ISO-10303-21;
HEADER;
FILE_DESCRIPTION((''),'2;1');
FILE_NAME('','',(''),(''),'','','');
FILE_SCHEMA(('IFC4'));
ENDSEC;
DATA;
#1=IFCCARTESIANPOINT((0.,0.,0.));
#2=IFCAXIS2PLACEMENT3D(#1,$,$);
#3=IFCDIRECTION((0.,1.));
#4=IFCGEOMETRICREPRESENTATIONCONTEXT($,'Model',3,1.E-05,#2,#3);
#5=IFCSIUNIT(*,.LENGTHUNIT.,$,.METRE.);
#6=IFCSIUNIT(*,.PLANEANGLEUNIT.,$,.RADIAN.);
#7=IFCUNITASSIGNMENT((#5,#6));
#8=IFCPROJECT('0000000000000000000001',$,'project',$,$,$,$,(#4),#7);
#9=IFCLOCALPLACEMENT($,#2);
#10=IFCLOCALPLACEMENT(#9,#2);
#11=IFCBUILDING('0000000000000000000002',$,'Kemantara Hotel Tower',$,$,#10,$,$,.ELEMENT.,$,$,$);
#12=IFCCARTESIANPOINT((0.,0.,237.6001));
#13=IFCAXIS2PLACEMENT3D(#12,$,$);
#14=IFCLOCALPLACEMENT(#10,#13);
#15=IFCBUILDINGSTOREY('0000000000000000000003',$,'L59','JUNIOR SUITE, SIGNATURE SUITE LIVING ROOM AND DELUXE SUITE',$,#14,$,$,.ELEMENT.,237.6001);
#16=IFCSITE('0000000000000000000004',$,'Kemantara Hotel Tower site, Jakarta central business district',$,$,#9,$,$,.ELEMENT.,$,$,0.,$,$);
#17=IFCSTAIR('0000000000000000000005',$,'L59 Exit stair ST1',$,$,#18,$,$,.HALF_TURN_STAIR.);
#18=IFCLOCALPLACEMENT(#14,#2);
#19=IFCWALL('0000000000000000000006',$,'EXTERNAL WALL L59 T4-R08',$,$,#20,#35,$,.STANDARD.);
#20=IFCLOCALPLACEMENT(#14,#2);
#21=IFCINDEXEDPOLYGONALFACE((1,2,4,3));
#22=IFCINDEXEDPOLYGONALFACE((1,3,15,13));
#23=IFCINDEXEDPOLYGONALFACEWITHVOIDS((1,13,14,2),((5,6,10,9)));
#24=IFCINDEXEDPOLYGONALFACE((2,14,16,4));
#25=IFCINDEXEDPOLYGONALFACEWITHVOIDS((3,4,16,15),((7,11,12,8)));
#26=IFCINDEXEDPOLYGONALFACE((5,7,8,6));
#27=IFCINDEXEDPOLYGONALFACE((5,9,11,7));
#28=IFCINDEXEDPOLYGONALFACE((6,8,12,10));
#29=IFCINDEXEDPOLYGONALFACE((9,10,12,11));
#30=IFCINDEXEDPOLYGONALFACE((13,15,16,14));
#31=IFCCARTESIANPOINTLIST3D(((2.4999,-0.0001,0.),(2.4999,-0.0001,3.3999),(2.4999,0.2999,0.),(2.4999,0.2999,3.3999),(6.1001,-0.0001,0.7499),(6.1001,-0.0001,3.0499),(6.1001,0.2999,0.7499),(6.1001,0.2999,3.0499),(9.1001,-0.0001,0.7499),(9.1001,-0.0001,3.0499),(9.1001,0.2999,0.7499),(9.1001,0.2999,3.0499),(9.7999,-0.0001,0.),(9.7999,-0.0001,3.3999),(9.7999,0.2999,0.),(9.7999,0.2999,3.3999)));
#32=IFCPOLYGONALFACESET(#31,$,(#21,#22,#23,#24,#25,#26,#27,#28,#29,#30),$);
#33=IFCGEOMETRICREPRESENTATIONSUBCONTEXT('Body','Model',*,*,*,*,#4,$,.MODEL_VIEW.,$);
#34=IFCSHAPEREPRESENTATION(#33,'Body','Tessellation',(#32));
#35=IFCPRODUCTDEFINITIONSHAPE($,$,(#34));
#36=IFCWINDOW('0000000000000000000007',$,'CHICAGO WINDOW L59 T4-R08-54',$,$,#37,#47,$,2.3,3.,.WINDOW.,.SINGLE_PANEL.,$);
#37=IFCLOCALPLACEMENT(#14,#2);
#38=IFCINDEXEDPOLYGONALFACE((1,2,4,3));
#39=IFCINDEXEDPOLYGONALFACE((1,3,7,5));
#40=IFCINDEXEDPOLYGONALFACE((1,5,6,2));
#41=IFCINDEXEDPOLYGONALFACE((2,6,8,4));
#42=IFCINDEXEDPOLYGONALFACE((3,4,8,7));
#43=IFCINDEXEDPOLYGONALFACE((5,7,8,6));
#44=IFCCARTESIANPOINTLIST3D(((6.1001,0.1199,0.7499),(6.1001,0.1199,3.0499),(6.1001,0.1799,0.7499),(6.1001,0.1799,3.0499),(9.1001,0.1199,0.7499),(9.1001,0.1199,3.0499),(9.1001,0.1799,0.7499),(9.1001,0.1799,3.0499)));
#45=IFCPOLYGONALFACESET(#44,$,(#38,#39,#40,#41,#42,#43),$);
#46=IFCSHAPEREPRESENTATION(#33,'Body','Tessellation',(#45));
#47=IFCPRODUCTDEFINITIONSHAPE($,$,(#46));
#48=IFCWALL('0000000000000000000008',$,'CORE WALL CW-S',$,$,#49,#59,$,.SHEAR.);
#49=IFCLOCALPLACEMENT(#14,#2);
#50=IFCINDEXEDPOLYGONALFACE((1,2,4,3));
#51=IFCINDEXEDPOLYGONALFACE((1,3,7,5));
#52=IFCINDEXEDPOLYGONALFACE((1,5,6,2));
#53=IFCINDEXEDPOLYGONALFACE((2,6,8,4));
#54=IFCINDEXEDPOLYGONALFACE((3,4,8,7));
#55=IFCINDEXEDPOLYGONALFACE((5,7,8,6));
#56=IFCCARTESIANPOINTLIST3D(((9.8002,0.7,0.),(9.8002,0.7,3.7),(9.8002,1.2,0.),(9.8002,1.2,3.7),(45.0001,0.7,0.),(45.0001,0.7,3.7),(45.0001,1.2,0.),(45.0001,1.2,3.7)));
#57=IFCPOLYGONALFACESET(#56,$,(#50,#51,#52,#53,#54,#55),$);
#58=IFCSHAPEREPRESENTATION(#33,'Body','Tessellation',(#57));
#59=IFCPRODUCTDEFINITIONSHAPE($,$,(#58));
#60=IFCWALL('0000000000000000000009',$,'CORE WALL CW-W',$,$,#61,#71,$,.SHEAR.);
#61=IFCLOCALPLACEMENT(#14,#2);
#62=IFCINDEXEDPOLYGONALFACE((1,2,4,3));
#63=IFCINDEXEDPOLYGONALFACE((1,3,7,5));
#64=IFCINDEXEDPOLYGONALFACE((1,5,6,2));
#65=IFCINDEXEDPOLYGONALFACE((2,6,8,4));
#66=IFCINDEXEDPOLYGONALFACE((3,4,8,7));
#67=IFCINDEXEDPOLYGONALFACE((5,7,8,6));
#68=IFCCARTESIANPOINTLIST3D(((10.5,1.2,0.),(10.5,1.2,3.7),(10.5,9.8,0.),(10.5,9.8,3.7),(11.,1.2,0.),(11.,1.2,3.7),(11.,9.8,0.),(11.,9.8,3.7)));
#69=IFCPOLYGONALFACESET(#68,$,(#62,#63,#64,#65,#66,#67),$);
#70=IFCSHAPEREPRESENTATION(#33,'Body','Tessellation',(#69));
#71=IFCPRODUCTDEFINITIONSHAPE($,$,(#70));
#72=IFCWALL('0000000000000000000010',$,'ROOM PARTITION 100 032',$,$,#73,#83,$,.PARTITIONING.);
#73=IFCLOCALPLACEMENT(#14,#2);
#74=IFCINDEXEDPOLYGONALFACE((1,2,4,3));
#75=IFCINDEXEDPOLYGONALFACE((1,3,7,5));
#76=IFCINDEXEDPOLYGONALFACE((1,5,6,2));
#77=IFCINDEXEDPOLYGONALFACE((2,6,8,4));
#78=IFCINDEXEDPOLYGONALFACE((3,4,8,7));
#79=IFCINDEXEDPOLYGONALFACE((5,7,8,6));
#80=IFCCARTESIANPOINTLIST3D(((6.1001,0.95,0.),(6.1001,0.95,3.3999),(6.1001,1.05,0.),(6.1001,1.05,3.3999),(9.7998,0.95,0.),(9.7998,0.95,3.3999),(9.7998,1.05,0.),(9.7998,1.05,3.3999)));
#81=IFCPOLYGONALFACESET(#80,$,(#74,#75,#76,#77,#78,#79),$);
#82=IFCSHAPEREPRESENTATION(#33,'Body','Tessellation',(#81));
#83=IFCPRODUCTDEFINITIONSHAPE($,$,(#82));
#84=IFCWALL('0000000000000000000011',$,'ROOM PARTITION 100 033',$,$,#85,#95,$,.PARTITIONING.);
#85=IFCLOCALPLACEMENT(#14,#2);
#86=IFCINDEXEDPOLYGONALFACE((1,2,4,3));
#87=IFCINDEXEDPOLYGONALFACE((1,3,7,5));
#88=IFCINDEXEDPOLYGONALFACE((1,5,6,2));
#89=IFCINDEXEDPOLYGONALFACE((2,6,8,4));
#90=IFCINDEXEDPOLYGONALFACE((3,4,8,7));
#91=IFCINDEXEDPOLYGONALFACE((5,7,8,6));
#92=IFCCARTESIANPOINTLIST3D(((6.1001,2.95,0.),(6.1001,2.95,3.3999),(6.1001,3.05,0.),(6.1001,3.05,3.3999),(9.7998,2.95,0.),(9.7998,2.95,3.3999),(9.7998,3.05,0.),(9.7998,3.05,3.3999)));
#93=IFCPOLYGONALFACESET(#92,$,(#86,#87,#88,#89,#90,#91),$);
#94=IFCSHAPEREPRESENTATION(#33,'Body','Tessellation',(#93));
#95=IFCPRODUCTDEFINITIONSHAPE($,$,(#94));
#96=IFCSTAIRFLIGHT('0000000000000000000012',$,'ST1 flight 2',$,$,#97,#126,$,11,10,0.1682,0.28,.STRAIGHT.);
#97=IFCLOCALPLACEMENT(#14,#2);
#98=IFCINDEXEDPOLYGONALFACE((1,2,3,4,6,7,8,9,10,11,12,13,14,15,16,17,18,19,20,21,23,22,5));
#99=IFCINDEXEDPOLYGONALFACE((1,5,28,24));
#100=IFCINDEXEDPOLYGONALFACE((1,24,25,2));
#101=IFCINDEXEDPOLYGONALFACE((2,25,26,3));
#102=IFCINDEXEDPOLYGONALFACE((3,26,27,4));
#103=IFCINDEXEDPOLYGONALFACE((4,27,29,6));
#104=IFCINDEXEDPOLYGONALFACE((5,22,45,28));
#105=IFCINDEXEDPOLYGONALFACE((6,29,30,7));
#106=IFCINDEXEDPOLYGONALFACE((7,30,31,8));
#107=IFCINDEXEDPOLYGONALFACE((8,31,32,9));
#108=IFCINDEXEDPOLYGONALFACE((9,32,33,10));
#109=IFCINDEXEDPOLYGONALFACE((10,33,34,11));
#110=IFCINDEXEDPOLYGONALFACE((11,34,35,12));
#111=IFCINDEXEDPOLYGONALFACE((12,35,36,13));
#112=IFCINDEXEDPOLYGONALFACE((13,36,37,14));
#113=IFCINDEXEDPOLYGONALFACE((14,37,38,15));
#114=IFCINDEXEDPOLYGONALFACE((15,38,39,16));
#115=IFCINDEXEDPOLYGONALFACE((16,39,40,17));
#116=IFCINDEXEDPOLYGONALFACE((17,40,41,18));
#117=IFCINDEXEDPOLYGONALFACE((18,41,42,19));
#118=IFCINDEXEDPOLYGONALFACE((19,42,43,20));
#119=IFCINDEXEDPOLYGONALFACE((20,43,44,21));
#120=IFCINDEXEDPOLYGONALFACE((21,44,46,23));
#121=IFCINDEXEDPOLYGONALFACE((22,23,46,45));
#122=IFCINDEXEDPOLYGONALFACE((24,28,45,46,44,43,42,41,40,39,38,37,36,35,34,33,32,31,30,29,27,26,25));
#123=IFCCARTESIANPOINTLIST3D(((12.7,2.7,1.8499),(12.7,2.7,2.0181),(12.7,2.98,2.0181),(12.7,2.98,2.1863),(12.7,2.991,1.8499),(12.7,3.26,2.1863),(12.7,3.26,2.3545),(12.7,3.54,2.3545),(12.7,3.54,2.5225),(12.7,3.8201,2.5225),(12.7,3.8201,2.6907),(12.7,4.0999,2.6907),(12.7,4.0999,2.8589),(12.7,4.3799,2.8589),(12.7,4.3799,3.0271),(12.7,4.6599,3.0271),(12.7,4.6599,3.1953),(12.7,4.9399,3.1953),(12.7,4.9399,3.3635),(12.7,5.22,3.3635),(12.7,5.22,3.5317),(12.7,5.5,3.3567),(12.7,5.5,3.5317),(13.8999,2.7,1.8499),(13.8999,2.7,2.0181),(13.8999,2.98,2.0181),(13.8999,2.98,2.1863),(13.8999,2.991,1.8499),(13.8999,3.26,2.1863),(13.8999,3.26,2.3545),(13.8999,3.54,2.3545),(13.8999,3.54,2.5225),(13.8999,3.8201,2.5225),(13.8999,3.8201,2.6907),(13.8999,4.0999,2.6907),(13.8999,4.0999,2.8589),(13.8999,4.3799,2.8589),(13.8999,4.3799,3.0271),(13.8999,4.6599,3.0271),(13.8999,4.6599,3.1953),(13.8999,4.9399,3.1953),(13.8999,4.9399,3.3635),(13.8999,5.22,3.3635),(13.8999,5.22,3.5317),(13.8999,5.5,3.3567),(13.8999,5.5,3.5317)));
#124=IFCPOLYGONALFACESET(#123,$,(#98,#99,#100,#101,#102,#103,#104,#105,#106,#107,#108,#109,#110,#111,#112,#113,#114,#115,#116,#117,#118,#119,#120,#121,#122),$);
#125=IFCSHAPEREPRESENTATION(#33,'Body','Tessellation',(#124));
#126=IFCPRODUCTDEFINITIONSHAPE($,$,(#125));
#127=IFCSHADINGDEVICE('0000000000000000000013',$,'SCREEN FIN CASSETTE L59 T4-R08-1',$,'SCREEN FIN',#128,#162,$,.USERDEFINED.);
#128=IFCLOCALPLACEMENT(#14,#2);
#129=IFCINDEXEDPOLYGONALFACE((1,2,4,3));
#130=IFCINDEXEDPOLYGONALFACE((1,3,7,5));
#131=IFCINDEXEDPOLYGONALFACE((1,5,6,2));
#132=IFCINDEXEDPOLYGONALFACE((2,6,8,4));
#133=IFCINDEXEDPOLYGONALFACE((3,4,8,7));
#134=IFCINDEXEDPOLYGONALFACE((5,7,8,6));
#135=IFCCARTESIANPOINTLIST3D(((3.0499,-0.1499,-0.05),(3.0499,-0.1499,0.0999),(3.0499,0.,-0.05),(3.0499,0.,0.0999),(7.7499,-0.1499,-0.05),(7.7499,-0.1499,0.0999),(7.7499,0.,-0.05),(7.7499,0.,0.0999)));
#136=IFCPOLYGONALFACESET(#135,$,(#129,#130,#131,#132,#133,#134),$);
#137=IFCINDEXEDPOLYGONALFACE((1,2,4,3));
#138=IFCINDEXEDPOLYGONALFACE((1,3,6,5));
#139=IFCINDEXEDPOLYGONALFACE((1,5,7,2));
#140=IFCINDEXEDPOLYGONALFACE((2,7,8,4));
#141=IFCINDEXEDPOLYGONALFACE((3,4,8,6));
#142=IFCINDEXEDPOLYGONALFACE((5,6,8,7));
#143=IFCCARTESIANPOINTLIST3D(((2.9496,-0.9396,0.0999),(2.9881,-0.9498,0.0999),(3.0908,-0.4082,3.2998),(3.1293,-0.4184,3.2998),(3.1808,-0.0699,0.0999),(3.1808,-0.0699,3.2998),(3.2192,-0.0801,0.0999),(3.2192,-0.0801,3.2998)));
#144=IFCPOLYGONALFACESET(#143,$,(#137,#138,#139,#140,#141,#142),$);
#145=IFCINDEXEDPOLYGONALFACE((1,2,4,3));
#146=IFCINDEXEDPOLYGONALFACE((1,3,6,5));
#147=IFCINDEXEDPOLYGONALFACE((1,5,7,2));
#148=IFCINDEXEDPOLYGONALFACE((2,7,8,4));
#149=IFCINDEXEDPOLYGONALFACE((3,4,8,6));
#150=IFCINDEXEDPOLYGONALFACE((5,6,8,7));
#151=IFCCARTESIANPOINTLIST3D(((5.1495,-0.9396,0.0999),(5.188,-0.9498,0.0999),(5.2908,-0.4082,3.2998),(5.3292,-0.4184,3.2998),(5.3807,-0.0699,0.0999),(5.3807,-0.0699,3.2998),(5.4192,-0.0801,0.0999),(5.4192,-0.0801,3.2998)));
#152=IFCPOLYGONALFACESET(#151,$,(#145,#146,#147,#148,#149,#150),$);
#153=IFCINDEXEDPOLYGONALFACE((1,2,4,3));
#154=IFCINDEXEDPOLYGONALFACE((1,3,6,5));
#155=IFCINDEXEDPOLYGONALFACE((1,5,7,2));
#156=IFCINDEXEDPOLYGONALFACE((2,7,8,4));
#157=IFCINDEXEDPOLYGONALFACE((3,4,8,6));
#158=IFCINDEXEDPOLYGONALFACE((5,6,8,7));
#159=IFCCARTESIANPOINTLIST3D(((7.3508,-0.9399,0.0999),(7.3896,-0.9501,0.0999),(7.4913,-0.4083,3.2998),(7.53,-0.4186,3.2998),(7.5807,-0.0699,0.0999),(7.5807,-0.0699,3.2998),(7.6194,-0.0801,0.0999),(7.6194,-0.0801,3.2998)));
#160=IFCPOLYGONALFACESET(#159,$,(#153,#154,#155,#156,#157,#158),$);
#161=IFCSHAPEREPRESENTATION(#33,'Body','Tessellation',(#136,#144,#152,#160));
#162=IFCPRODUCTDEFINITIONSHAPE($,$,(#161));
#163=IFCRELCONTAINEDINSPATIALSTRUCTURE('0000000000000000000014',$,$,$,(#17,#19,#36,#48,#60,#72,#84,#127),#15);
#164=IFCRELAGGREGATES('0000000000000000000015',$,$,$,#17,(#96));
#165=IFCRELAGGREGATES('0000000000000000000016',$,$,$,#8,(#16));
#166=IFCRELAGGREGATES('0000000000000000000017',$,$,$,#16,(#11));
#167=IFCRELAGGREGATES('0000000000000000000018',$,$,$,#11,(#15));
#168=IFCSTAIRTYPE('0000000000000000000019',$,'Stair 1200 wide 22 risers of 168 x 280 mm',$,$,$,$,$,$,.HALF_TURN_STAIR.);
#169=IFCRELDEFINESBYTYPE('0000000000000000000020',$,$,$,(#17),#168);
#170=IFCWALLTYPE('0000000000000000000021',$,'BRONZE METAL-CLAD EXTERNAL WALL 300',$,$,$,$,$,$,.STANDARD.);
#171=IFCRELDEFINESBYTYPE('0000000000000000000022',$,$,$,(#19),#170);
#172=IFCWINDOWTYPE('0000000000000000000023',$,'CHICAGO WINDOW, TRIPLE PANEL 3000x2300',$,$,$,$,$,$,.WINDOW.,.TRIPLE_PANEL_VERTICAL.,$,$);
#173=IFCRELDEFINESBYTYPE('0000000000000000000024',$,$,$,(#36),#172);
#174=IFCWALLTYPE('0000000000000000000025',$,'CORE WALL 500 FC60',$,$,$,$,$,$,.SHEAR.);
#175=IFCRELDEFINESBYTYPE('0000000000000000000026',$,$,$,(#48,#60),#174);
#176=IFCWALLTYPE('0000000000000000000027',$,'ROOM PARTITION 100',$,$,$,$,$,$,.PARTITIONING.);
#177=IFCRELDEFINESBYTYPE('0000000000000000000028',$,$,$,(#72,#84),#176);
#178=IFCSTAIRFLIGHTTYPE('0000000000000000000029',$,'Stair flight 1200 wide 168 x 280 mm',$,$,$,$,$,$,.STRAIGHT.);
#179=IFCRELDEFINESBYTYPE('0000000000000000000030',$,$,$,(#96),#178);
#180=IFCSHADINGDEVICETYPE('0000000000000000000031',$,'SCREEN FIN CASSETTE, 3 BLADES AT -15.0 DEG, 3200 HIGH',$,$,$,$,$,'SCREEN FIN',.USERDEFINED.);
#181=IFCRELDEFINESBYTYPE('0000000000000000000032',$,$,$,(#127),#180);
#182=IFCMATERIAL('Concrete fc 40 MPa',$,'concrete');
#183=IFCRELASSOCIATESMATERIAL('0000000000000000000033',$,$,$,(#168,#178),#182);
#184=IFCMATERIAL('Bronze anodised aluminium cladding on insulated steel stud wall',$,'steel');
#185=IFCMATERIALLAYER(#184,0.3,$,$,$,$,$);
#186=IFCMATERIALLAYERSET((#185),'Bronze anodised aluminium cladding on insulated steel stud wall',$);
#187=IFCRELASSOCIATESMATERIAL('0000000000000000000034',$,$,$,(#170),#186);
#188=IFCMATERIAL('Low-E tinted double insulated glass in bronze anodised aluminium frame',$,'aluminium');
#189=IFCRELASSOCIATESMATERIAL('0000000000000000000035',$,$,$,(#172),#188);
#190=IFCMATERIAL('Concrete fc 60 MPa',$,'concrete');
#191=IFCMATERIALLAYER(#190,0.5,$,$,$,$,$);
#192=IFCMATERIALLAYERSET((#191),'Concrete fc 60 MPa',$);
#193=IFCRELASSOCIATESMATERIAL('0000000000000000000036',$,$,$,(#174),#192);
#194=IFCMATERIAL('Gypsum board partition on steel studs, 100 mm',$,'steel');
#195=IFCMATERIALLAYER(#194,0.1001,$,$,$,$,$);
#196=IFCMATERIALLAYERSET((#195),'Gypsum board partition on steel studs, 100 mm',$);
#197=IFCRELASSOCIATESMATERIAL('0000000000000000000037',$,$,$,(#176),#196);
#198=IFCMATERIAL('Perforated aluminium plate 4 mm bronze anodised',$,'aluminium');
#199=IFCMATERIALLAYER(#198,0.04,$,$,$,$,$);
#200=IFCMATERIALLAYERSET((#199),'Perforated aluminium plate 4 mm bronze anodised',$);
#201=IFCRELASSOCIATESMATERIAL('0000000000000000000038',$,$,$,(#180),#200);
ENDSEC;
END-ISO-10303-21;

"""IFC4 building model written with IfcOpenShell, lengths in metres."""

from ifc_helpers import new_model, si_unit, direction, frame, frame_2d, origin, origin_2d, place, context, subcontext, project, spatial, polyline, rectangle, outline, extrude, source, transform, mapped, material, layer, layer_set, type_object, element, fill, aggregate, save


model = new_model("IFC4")

# Units and contexts
model_context = context("Model", 3, precision=1e-05, world=origin(), true_north=direction((0.0, 1.0)))
body_context = subcontext(model_context, "Body", "Model", "MODEL_VIEW")
ifc_project = project(units=[si_unit("LENGTHUNIT", "METRE"), si_unit("PLANEANGLEUNIT", "RADIAN")], contexts=[model_context])

# Site, building, storey
site_placement = place(None, origin())
site = spatial("IfcSite", under=ifc_project, at=site_placement, Name="Kemantara Hotel Tower site, Jakarta central business district", CompositionType="ELEMENT", RefElevation=0.0)
building_placement = place(site_placement, origin())
building = spatial("IfcBuilding", under=site, at=building_placement, Name="Kemantara Hotel Tower", CompositionType="ELEMENT")
storey_placement = place(building_placement, frame((0.0, 0.0, 237.6001)))
storey = spatial("IfcBuildingStorey", under=building, at=storey_placement, Name="L59", Description="JUNIOR SUITE, SIGNATURE SUITE LIVING ROOM AND DELUXE SUITE", CompositionType="ELEMENT", Elevation=237.6001)

# Shared definitions
ifc_material_1 = material(Name="Concrete fc 60 MPa", Category="concrete")

# Shared definitions
ifc_material_2 = material(Name="Concrete fc 40 MPa", Category="concrete")

# Stair
stair_type_1 = type_object("IfcStairType", Name="Stair 1200 wide 22 risers of 168 x 280 mm", PredefinedType="HALF_TURN_STAIR", material=ifc_material_2)
stair_1_placement = place(storey_placement, origin())
stair_1 = element("IfcStair", 1, at=stair_1_placement, inside=storey, type_object=stair_type_1, Name="L59 Exit stair ST1", PredefinedType="HALF_TURN_STAIR")

# Shared definitions
ifc_material_3 = material(Name="Bronze anodised aluminium cladding on insulated steel stud wall", Category="steel")
ifc_layer_1 = layer(ifc_material_3, 0.3)
ifc_layer_set_1 = layer_set([ifc_layer_1], Name="Bronze anodised aluminium cladding on insulated steel stud wall")
wall_type_1 = type_object("IfcWallType", Name="BRONZE METAL-CLAD EXTERNAL WALL 300", PredefinedType="STANDARD", material=ifc_layer_set_1)

# Wall, opening, window
wall_1_placement = place(storey_placement, frame((2.5, 0.1499, 0.0), z_axis=(0.0, 0.0, 1.0), x_axis=(1.0, 0.0, 0.0)))
wall_1 = element("IfcWall", 2, at=wall_1_placement, inside=storey, type_object=wall_type_1, Name="EXTERNAL WALL L59 T4-R08", PredefinedType="STANDARD", context=body_context, shape_type="SweptSolid", body=[
    extrude(rectangle(XDim=7.3, YDim=0.3, at=frame_2d((3.6499, 0.0))), origin(), (0.0, 0.0, 1.0), 3.3999),
])
opening_placement = place(wall_1_placement, frame((3.6001, 0.0, 0.75)))
opening = element("IfcOpeningElement", 3, at=opening_placement, cuts=wall_1, PredefinedType="OPENING", context=body_context, shape_type="SweptSolid", body=[
    extrude(rectangle(XDim=3.0, YDim=2.3, at=frame_2d((1.5, 1.1499))), frame((0.0, 0.1599, 0.0), z_axis=(0.0, -1.0, 0.0), x_axis=(1.0, 0.0, 0.0)), (0.0, 0.0, 1.0), 0.3201),
])
ifc_material_4 = material(Name="Low-E tinted double insulated glass in bronze anodised aluminium frame", Category="aluminium")
window_type = type_object("IfcWindowType", Name="CHICAGO WINDOW, TRIPLE PANEL 3000x2300", PartitioningType="TRIPLE_PANEL_VERTICAL", PredefinedType="WINDOW", material=ifc_material_4)
window_placement = place(opening_placement, origin())
window = element("IfcWindow", 4, at=window_placement, inside=storey, type_object=window_type, Name="CHICAGO WINDOW L59 T4-R08-54", OverallHeight=2.3, OverallWidth=3.0, PartitioningType="SINGLE_PANEL", PredefinedType="WINDOW", context=body_context, shape_type="SweptSolid", body=[
    extrude(rectangle(XDim=3.0, YDim=2.3, at=frame_2d((1.5, 1.1499))), frame((0.0, 0.03, 0.0), z_axis=(0.0, -1.0, 0.0), x_axis=(1.0, 0.0, 0.0)), (0.0, 0.0, 1.0), 0.0601),
])
fill(opening, window)

# Walls
ifc_layer_2 = layer(ifc_material_1, 0.5)
ifc_layer_set_2 = layer_set([ifc_layer_2], Name="Concrete fc 60 MPa")
wall_type_2 = type_object("IfcWallType", Name="CORE WALL 500 FC60", PredefinedType="SHEAR", material=ifc_layer_set_2)
wall_2_placement = place(storey_placement, frame((9.8, 0.95, 0.0), z_axis=(0.0, 0.0, 1.0), x_axis=(1.0, 0.0, 0.0)))
element("IfcWall", 5, at=wall_2_placement, inside=storey, type_object=wall_type_2, Name="CORE WALL CW-S", PredefinedType="SHEAR", context=body_context, shape_type="SweptSolid", body=[
    extrude(rectangle(XDim=35.2, YDim=0.5, at=frame_2d((17.6001, 0.0))), origin(), (0.0, 0.0, 1.0), 3.7),
])
wall_3_placement = place(storey_placement, frame((10.75, 1.2, 0.0), z_axis=(0.0, 0.0, 1.0), x_axis=(0.0, 1.0, 0.0)))
element("IfcWall", 6, at=wall_3_placement, inside=storey, type_object=wall_type_2, Name="CORE WALL CW-W", PredefinedType="SHEAR", context=body_context, shape_type="SweptSolid", body=[
    extrude(rectangle(XDim=8.6001, YDim=0.5, at=frame_2d((4.3, 0.0))), origin(), (0.0, 0.0, 1.0), 3.7),
])
ifc_material_5 = material(Name="Gypsum board partition on steel studs, 100 mm", Category="steel")
ifc_layer_3 = layer(ifc_material_5, 0.1001)
ifc_layer_set_3 = layer_set([ifc_layer_3], Name="Gypsum board partition on steel studs, 100 mm")
wall_type_3 = type_object("IfcWallType", Name="ROOM PARTITION 100", PredefinedType="PARTITIONING", material=ifc_layer_set_3)
for number, where, z_axis, x_axis, name in (
    (7, (6.1001, 1.0, 0.0), (0.0, 0.0, 1.0), (1.0, 0.0, 0.0), "ROOM PARTITION 100 032"),
    (8, (6.1001, 3.0, 0.0), (0.0, 0.0, 1.0), (1.0, 0.0, 0.0), "ROOM PARTITION 100 033"),
):
    element("IfcWall", number, at=place(storey_placement, frame(where, z_axis=z_axis, x_axis=x_axis)), inside=storey, type_object=wall_type_3, Name=name, PredefinedType="PARTITIONING", context=body_context, shape_type="SweptSolid", body=[
        extrude(rectangle(XDim=3.6997, YDim=0.1001, at=frame_2d((1.8499, 0.0))), origin(), (0.0, 0.0, 1.0), 3.3999),
    ])

# Stair flight
stair_flight_type = type_object("IfcStairFlightType", Name="Stair flight 1200 wide 168 x 280 mm", PredefinedType="STRAIGHT", material=ifc_material_2)
stair_flight_placement = place(storey_placement, frame((13.3, 2.7, 1.8499), z_axis=(0.0, 0.0, 1.0), x_axis=(0.0, 1.0, 0.0)))
stair_flight = element("IfcStairFlight", 9, at=stair_flight_placement, type_object=stair_flight_type, Name="ST1 flight 2", NumberOfRisers=11, NumberOfTreads=10, PredefinedType="STRAIGHT", RiserHeight=0.1682, TreadLength=0.28, context=body_context, shape_type="SweptSolid", body=[
    extrude(outline(polyline([(0.0, 0.0), (0.0, 0.1682), (0.28, 0.1682), (0.28, 0.3364), (0.5601, 0.3364), (0.5601, 0.5046), (0.8401, 0.5046), (0.8401, 0.6726), (1.1201, 0.6726), (1.1201, 0.8408), (1.3999, 0.8408), (1.3999, 1.009), (1.6799, 1.009), (1.6799, 1.1772), (1.96, 1.1772), (1.96, 1.3455), (2.24, 1.3455), (2.24, 1.5137), (2.52, 1.5137), (2.52, 1.6819), (2.8, 1.6819), (2.8, 1.8501), (2.8, 1.5068), (0.291, 0.0), (0.0, 0.0)])), frame((0.0, 0.6001, 0.0), z_axis=(0.0, -1.0, 0.0), x_axis=(1.0, 0.0, 0.0)), (0.0, 0.0, 1.0), 1.2),
])
aggregate(stair_1, [stair_flight])

# Shading device
ifc_material_6 = material(Name="Perforated aluminium plate 4 mm bronze anodised", Category="aluminium")
ifc_layer_4 = layer(ifc_material_6, 0.04)
ifc_layer_set_4 = layer_set([ifc_layer_4], Name="Perforated aluminium plate 4 mm bronze anodised")
shading_device_type_1 = type_object("IfcShadingDeviceType", Name="SCREEN FIN CASSETTE, 3 BLADES AT -15.0 DEG, 3200 HIGH", ElementType="SCREEN FIN", PredefinedType="USERDEFINED", material=ifc_layer_set_4)
shared_shape_1 = source(origin(), body_context, "Body", "SweptSolid", [
    extrude(rectangle(XDim=4.7, YDim=0.1499, at=origin_2d()), frame((2.2, -0.075, -0.1499), z_axis=(0.0, 0.0, 1.0), x_axis=(1.0, 0.0, 0.0)), (0.0, 0.0, 1.0), 0.1499),
    extrude(outline(polyline([(0.0, 0.0), (0.8999, 0.0), (0.3501, 3.2), (0.0, 3.2), (0.0, 0.0)])), frame((0.0193, -0.0801, 0.0), z_axis=(-0.966438, 0.256901, 0.0), x_axis=(-0.256901, -0.966438, 0.0)), (0.0, 0.0, 1.0), 0.0398),
    extrude(outline(polyline([(0.0, 0.0), (0.8999, 0.0), (0.3501, 3.2), (0.0, 3.2), (0.0, 0.0)])), frame((2.2192, -0.0801, 0.0), z_axis=(-0.966438, 0.256901, 0.0), x_axis=(-0.256901, -0.966438, 0.0)), (0.0, 0.0, 1.0), 0.0398),
    extrude(outline(polyline([(0.0, 0.0), (0.8999, 0.0), (0.3501, 3.2), (0.0, 3.2), (0.0, 0.0)])), frame((4.4194, -0.0801, 0.0), z_axis=(-0.966838, 0.255391, 0.0), x_axis=(-0.255391, -0.966838, 0.0)), (0.0, 0.0, 1.0), 0.04),
])
shading_device_1_placement = place(storey_placement, frame((3.2, 0.0, 0.0999), z_axis=(0.0, 0.0, 1.0), x_axis=(1.0, 0.0, 0.0)))
element("IfcShadingDevice", 10, at=shading_device_1_placement, inside=storey, type_object=shading_device_type_1, Name="SCREEN FIN CASSETTE L59 T4-R08-1", ObjectType="SCREEN FIN", PredefinedType="USERDEFINED", context=body_context, shape_type="MappedRepresentation", body=[
    mapped(shared_shape_1, transform((0.0, 0.0, 0.0))),
])

save(model, "model.ifc")
